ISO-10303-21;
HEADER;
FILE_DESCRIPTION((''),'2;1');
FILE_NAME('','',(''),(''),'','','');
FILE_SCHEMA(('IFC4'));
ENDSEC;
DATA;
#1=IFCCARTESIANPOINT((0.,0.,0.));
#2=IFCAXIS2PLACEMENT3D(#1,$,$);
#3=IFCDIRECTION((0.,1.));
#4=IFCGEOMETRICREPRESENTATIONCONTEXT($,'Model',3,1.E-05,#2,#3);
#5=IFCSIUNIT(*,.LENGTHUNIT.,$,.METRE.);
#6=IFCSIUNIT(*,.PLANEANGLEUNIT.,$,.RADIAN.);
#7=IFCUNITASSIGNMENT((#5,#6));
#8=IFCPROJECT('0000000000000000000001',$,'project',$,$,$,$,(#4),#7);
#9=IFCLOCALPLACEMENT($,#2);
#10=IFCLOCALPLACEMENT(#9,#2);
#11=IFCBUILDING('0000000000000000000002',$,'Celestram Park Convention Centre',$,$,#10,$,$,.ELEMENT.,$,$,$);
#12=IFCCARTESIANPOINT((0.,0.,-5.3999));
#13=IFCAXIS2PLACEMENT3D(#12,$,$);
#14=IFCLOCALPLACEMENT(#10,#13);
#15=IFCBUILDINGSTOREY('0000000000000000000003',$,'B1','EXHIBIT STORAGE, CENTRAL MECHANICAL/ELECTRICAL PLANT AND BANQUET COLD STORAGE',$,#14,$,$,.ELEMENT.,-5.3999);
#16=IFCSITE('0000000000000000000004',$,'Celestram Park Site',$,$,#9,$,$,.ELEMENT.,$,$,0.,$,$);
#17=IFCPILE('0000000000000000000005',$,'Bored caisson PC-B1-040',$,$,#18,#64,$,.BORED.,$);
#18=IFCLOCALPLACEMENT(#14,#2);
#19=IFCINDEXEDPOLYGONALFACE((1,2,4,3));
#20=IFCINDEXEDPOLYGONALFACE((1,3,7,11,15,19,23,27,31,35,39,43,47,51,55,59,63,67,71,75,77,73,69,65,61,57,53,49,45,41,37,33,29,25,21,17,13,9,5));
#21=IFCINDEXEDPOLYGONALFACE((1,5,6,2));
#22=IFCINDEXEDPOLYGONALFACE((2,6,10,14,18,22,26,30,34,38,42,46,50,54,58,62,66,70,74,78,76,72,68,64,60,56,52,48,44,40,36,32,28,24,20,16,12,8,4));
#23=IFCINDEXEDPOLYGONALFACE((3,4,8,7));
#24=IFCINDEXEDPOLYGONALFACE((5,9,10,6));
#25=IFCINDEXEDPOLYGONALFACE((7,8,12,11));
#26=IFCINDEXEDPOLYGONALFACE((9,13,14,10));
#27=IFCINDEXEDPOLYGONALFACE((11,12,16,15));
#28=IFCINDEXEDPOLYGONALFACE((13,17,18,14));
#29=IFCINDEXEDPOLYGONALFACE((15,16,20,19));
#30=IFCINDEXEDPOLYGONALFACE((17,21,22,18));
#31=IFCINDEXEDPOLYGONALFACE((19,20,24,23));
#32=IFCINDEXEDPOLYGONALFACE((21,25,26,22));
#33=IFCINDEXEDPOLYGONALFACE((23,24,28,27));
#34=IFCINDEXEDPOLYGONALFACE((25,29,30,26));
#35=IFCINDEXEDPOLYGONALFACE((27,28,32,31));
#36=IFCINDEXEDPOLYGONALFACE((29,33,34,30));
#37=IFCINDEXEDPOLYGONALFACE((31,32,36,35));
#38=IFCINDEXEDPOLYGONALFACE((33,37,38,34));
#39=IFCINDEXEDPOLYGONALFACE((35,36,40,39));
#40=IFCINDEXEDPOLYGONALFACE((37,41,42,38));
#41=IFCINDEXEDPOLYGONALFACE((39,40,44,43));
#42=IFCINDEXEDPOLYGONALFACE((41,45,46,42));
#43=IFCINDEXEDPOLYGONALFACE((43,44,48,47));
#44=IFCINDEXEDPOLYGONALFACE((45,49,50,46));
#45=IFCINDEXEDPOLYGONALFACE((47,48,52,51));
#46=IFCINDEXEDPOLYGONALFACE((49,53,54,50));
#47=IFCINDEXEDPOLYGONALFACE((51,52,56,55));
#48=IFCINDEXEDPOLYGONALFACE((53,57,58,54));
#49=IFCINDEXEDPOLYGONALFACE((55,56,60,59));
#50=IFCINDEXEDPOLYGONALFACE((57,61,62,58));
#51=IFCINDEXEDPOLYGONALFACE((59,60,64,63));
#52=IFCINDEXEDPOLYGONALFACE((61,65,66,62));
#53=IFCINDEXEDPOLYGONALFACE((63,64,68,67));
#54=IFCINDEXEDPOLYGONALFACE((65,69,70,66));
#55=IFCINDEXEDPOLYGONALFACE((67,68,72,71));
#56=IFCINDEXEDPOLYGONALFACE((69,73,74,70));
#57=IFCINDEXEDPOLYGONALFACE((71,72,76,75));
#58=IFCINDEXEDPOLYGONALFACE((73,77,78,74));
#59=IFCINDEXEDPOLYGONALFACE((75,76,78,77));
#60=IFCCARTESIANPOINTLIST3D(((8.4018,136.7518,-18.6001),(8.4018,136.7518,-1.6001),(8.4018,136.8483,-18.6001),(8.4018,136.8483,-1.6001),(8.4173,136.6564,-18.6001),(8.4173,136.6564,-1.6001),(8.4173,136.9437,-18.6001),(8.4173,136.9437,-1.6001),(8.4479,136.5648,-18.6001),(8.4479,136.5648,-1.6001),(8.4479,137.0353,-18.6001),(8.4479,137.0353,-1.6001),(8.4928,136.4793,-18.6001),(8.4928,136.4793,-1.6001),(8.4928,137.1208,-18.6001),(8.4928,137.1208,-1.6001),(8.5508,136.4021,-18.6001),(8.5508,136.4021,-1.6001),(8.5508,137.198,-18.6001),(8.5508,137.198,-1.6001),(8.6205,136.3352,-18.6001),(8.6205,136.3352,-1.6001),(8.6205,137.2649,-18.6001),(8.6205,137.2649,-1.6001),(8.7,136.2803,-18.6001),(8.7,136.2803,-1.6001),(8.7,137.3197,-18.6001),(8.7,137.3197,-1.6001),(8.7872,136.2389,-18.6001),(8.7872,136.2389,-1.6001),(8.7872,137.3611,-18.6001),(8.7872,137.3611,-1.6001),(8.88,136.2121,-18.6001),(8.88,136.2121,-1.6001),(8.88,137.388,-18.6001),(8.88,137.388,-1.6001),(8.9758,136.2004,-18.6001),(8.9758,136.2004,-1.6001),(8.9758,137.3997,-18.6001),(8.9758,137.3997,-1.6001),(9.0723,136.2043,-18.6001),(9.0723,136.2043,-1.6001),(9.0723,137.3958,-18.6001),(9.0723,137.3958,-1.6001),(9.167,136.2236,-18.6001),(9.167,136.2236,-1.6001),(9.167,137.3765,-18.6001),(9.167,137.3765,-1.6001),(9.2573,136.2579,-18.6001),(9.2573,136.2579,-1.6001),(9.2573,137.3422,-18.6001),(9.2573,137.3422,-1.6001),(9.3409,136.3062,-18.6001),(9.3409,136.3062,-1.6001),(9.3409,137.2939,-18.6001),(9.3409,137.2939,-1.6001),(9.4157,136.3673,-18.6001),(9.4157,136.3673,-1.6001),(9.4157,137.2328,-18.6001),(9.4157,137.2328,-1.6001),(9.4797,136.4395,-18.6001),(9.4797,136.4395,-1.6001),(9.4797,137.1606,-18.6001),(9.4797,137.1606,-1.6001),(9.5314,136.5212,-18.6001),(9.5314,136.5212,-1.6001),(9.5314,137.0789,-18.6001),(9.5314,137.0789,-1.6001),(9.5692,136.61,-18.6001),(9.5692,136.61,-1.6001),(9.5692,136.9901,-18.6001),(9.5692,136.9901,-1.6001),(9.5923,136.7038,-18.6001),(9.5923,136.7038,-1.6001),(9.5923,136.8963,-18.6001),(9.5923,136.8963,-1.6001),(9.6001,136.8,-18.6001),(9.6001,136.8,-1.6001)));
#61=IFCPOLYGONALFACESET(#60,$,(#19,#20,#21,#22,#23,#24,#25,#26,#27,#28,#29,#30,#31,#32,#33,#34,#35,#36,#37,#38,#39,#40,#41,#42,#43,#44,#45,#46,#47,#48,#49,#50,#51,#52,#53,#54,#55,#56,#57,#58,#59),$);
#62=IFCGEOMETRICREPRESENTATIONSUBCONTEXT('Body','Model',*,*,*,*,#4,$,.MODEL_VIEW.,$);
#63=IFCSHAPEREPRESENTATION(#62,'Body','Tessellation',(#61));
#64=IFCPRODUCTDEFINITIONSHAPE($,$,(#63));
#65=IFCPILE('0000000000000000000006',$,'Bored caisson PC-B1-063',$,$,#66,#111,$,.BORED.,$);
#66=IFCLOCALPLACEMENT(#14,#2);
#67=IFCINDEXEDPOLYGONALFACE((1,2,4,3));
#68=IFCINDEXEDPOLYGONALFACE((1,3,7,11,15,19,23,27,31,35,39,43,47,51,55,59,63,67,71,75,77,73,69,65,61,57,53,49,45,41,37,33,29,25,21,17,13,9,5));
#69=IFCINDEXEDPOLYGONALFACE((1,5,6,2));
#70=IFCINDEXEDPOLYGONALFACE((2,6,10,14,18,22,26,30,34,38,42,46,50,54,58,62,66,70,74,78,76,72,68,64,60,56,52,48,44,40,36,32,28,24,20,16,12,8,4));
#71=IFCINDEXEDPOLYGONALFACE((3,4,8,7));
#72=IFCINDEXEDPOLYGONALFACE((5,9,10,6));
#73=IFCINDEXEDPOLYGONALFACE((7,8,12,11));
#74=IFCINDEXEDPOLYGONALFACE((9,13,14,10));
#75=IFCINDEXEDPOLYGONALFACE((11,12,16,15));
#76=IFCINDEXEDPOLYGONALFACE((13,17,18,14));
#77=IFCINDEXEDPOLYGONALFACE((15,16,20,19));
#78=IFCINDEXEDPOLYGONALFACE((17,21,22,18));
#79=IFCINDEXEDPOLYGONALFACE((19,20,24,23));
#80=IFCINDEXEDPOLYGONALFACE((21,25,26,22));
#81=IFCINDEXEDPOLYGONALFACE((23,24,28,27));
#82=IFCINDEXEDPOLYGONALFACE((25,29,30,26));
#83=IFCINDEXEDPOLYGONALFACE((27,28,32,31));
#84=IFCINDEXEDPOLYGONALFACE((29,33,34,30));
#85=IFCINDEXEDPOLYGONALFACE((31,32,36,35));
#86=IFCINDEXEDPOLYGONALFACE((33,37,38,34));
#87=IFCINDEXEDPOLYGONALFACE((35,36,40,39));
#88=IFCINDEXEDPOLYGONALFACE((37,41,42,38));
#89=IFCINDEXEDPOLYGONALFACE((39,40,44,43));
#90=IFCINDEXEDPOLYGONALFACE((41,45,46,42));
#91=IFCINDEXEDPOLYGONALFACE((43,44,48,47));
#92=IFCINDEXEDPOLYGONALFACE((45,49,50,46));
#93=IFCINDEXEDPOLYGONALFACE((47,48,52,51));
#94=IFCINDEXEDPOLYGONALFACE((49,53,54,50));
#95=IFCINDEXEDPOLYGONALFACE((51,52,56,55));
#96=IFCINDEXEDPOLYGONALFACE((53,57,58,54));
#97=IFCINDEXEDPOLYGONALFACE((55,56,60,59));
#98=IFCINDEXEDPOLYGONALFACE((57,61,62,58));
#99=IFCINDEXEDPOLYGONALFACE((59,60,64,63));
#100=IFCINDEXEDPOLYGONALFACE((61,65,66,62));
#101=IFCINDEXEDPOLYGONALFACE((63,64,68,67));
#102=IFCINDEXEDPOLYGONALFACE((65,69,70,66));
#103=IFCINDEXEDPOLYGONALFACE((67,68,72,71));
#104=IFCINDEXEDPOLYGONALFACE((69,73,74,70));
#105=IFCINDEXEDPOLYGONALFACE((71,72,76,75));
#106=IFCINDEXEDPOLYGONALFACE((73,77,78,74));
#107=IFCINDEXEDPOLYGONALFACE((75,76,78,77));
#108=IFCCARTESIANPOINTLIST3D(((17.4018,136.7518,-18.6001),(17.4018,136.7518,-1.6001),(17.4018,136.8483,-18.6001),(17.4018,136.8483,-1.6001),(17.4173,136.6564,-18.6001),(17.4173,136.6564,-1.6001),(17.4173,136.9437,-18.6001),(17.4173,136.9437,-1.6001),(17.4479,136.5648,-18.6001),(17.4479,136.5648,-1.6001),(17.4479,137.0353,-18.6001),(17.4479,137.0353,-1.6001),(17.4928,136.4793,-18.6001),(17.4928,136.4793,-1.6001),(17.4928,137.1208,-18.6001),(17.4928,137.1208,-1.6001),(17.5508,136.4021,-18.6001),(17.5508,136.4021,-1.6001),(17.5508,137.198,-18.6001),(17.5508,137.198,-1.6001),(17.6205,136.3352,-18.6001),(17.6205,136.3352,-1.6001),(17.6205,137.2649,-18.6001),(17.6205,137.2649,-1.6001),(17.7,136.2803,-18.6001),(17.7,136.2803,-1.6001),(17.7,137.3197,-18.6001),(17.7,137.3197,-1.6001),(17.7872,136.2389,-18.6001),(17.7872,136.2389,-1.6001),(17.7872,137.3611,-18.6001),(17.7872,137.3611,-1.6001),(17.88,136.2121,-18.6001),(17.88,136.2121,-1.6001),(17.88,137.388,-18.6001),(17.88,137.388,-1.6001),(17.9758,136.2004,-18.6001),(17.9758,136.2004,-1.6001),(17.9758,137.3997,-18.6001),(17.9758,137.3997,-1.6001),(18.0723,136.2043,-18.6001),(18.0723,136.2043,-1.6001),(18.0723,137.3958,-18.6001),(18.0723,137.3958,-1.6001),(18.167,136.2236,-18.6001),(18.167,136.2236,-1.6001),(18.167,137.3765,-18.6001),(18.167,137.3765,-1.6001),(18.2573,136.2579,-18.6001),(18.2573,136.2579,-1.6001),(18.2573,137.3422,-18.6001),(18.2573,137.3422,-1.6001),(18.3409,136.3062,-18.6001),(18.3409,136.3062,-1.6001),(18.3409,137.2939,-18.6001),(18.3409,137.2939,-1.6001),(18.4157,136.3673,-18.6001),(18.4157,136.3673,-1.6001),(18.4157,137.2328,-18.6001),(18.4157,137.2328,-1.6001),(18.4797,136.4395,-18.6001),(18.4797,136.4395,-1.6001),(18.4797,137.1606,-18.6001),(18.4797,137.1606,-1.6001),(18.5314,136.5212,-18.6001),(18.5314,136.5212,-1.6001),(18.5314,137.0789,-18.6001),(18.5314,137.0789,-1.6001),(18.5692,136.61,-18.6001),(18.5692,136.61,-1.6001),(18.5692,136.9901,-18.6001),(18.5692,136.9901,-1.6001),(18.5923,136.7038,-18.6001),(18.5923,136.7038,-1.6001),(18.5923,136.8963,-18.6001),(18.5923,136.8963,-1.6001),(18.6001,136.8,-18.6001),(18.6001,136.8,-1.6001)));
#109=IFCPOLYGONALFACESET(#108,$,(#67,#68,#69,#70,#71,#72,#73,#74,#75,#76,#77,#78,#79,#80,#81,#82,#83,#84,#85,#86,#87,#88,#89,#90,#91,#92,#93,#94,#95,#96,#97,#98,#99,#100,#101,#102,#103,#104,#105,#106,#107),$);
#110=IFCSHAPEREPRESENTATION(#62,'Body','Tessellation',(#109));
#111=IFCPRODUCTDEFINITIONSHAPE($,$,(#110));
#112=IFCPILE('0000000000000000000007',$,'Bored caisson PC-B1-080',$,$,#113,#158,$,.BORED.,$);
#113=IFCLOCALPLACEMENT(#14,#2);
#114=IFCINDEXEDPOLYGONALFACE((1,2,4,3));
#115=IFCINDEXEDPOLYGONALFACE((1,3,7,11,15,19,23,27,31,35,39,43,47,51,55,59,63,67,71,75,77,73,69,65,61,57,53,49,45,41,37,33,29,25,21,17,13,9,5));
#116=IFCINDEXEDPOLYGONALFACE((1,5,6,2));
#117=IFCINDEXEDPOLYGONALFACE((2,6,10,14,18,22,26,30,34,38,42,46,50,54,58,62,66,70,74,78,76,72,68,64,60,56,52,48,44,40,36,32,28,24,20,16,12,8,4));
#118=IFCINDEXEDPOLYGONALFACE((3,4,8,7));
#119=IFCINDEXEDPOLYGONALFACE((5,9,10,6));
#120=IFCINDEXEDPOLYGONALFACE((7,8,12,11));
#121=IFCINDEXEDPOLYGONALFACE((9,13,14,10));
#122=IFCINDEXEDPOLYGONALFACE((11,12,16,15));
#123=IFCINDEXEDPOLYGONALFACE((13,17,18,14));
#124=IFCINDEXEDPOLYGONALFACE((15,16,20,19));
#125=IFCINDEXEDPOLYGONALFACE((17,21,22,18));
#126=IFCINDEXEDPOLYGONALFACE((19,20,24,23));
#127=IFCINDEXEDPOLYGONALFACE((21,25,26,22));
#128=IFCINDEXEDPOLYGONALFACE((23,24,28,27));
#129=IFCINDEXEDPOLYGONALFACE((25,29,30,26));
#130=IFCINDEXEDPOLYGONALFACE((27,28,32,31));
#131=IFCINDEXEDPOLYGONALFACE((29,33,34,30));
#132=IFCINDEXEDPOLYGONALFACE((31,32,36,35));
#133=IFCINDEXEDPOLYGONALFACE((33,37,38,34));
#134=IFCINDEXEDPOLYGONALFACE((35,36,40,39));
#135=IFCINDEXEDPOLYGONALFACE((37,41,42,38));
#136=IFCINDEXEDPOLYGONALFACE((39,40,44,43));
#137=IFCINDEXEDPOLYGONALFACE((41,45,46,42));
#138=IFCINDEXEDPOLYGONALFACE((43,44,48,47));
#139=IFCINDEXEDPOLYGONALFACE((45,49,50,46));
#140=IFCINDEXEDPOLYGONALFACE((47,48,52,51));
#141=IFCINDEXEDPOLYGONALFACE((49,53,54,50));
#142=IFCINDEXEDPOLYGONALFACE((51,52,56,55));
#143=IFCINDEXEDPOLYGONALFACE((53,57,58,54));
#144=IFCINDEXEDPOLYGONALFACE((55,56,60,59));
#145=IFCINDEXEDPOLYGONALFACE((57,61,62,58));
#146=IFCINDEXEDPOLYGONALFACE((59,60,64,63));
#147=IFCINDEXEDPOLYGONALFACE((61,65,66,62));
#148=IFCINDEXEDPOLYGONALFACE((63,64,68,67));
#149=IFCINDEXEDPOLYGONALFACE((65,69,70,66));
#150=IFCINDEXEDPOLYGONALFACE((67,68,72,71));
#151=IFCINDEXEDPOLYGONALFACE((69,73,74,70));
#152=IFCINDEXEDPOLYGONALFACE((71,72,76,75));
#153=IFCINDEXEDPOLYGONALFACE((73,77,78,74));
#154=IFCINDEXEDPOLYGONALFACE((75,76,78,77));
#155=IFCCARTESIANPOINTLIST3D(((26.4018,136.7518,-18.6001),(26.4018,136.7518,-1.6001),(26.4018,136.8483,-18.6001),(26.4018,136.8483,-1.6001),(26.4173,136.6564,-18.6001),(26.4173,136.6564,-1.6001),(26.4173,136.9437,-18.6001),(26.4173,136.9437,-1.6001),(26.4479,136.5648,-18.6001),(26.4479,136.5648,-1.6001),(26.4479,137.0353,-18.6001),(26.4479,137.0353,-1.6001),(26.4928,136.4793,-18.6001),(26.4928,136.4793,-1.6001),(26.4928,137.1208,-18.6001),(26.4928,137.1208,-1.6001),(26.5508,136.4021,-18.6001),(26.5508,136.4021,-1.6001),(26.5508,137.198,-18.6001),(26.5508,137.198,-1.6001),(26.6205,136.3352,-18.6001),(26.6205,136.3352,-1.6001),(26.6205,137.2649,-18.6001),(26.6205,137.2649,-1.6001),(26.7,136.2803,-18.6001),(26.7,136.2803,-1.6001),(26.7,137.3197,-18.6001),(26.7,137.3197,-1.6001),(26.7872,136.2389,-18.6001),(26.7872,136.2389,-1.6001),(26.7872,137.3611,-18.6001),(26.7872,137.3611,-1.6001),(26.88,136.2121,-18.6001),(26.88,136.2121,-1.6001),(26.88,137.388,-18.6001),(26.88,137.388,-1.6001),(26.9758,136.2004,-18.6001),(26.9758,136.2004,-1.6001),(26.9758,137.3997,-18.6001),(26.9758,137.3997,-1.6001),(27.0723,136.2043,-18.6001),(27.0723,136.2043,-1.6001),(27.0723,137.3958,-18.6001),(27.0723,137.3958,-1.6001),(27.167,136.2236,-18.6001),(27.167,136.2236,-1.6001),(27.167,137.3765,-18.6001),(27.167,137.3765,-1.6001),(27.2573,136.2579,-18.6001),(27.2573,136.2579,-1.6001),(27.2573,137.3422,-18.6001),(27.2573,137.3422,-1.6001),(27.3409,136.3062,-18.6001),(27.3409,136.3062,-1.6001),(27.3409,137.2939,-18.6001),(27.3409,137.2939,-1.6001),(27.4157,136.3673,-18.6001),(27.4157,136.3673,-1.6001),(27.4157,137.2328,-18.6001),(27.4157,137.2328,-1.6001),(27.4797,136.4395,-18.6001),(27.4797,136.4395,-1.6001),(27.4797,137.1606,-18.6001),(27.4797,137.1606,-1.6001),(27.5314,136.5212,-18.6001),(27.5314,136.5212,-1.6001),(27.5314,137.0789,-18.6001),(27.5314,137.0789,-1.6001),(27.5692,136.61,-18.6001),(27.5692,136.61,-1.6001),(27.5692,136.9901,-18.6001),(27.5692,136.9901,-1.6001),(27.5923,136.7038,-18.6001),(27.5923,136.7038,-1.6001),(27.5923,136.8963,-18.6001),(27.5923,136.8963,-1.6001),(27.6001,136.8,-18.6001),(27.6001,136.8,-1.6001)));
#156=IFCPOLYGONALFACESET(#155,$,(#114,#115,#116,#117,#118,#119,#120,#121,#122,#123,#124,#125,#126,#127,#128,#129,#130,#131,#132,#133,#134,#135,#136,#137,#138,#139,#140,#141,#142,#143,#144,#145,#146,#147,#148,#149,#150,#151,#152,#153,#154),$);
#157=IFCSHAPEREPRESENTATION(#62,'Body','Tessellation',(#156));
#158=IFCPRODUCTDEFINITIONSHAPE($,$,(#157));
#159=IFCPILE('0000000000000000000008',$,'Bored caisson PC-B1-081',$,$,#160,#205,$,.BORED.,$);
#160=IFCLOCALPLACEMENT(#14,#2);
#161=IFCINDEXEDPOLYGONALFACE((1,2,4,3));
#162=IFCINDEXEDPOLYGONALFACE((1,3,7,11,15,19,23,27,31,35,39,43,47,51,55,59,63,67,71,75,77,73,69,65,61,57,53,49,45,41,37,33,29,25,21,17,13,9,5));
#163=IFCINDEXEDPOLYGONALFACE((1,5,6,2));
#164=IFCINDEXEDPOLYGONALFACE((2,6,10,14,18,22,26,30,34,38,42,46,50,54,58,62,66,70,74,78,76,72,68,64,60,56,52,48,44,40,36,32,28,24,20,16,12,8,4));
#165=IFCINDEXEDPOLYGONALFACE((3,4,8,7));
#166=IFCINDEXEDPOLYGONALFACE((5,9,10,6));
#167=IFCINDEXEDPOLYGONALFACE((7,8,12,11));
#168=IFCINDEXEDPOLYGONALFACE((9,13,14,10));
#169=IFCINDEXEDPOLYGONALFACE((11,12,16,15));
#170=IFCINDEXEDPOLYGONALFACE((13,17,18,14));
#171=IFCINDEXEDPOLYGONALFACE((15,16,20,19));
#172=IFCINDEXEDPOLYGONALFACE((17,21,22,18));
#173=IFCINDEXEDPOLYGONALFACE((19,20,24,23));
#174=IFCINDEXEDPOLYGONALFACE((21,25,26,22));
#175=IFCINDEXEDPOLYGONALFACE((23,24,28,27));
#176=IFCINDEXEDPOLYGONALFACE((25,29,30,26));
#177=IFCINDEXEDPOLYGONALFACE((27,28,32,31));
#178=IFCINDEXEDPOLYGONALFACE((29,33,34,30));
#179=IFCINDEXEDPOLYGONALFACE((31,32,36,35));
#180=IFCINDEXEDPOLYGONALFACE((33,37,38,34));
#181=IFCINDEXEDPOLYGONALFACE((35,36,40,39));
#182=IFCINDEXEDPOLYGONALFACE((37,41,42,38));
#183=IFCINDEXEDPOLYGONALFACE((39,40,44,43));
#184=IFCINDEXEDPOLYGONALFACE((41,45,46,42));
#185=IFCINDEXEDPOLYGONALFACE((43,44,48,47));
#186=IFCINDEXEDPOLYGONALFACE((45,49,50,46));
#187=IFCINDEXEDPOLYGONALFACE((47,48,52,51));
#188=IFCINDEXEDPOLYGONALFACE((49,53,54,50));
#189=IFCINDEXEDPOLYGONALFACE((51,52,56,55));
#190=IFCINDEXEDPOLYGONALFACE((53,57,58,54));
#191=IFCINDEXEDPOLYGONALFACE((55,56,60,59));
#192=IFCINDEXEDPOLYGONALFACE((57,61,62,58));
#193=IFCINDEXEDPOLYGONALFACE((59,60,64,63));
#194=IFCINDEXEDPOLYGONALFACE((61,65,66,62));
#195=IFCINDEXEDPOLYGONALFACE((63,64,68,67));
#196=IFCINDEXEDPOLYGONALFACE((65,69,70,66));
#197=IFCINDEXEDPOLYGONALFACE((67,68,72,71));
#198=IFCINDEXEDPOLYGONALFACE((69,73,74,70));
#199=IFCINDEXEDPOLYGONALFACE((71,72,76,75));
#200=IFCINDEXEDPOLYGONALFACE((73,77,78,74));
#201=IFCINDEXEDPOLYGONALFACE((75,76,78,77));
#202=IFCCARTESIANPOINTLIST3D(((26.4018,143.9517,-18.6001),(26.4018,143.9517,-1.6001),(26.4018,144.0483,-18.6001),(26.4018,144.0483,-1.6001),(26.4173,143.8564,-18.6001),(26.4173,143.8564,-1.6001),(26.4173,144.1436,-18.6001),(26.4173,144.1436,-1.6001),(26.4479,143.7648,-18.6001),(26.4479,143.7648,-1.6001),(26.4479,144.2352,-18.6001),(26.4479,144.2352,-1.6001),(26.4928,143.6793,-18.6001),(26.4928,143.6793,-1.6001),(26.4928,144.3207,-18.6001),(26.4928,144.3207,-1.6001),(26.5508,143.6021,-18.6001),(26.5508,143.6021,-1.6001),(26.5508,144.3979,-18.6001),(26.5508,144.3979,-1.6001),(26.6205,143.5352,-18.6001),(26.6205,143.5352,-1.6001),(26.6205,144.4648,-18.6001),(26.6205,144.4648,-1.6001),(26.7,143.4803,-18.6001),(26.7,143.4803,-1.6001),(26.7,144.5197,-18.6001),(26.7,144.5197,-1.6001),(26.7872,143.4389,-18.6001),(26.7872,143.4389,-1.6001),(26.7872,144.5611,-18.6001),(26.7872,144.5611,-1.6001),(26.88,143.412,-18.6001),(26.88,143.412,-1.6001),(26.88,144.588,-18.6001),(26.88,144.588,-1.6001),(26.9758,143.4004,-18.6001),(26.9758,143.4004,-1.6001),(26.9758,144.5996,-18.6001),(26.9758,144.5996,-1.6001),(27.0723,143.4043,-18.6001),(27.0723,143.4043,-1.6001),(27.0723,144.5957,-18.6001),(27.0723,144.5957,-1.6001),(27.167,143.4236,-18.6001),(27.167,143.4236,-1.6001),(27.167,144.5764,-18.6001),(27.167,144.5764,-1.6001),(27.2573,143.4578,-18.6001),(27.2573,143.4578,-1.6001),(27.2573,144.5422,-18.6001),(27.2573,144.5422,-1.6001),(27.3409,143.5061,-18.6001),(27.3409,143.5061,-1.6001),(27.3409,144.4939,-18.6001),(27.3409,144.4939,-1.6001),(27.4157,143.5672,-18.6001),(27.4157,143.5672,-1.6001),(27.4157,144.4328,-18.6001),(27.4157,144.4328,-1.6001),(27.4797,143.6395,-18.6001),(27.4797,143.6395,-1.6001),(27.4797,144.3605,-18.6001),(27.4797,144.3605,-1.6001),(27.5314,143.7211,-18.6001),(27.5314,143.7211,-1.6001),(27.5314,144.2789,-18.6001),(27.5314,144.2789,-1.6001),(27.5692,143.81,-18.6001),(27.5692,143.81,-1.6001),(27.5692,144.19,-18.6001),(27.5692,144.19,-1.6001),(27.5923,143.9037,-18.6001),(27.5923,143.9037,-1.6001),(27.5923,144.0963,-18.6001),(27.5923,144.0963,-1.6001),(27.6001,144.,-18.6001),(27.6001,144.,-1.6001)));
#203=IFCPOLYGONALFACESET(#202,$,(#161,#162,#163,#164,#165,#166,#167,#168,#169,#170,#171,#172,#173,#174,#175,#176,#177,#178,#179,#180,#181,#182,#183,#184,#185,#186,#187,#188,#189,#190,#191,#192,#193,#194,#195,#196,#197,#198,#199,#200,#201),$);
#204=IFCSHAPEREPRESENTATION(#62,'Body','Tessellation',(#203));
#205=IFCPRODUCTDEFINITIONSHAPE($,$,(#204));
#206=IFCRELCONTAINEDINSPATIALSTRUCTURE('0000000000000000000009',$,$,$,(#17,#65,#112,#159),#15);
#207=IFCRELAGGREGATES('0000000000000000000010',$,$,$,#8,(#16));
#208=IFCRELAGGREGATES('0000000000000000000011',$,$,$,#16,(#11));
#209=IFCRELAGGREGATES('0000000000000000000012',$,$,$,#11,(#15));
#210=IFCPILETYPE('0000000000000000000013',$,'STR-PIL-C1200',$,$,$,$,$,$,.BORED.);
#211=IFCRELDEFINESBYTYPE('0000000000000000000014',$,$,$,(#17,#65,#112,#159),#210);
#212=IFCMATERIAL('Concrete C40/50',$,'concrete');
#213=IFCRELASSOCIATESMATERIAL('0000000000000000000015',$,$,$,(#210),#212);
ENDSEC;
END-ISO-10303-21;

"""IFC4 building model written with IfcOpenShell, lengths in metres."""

from ifc_helpers import new_model, si_unit, direction, frame, origin, origin_2d, place, context, subcontext, project, spatial, circle, extrude, material, material_profile, profile_set, type_object, element, save


model = new_model("IFC4")

# Units and contexts
model_context = context("Model", 3, precision=1e-05, world=origin(), true_north=direction((0.0, 1.0)))
body_context = subcontext(model_context, "Body", "Model", "MODEL_VIEW")
ifc_project = project(units=[si_unit("LENGTHUNIT", "METRE"), si_unit("PLANEANGLEUNIT", "RADIAN")], contexts=[model_context])

# Site, building, storey
site_placement = place(None, origin())
site = spatial("IfcSite", under=ifc_project, at=site_placement, Name="Celestram Park Site", CompositionType="ELEMENT", RefElevation=0.0)
building_placement = place(site_placement, origin())
building = spatial("IfcBuilding", under=site, at=building_placement, Name="Celestram Park Convention Centre", CompositionType="ELEMENT")
storey_placement = place(building_placement, frame((0.0, 0.0, -5.3999)))
storey = spatial("IfcBuildingStorey", under=building, at=storey_placement, Name="B1", Description="EXHIBIT STORAGE, CENTRAL MECHANICAL/ELECTRICAL PLANT AND BANQUET COLD STORAGE", CompositionType="ELEMENT", Elevation=-5.3999)

# Shared definitions
ifc_material_1 = material(Name="Concrete C40/50", Category="concrete")

# Piles
ifc_material_profile_1 = material_profile(ifc_material_1, circle(Radius=0.6001, at=origin_2d()), Name="CAISSON1200")
ifc_profile_set_1 = profile_set([ifc_material_profile_1], Name="Concrete C40/50")
pile_type = type_object("IfcPileType", Name="STR-PIL-C1200", PredefinedType="BORED", material=ifc_profile_set_1)
for number, where, z_axis, x_axis, name in (
    (1, (9.0, 136.8, -1.6001), (0.0, 0.0, -1.0), (1.0, 0.0, 0.0), "Bored caisson PC-B1-040"),
    (2, (18.0, 136.8, -1.6001), (0.0, 0.0, -1.0), (1.0, 0.0, 0.0), "Bored caisson PC-B1-063"),
    (3, (27.0, 136.8, -1.6001), (0.0, 0.0, -1.0), (1.0, 0.0, 0.0), "Bored caisson PC-B1-080"),
    (4, (27.0, 144.0, -1.6001), (0.0, 0.0, -1.0), (1.0, 0.0, 0.0), "Bored caisson PC-B1-081"),
):
    element("IfcPile", number, at=place(storey_placement, frame(where, z_axis=z_axis, x_axis=x_axis)), inside=storey, type_object=pile_type, Name=name, PredefinedType="BORED", context=body_context, shape_type="SweptSolid", body=[
        extrude(circle(Radius=0.6001, at=origin_2d()), origin(), (0.0, 0.0, 1.0), 17.0),
    ])

save(model, "model.ifc")
